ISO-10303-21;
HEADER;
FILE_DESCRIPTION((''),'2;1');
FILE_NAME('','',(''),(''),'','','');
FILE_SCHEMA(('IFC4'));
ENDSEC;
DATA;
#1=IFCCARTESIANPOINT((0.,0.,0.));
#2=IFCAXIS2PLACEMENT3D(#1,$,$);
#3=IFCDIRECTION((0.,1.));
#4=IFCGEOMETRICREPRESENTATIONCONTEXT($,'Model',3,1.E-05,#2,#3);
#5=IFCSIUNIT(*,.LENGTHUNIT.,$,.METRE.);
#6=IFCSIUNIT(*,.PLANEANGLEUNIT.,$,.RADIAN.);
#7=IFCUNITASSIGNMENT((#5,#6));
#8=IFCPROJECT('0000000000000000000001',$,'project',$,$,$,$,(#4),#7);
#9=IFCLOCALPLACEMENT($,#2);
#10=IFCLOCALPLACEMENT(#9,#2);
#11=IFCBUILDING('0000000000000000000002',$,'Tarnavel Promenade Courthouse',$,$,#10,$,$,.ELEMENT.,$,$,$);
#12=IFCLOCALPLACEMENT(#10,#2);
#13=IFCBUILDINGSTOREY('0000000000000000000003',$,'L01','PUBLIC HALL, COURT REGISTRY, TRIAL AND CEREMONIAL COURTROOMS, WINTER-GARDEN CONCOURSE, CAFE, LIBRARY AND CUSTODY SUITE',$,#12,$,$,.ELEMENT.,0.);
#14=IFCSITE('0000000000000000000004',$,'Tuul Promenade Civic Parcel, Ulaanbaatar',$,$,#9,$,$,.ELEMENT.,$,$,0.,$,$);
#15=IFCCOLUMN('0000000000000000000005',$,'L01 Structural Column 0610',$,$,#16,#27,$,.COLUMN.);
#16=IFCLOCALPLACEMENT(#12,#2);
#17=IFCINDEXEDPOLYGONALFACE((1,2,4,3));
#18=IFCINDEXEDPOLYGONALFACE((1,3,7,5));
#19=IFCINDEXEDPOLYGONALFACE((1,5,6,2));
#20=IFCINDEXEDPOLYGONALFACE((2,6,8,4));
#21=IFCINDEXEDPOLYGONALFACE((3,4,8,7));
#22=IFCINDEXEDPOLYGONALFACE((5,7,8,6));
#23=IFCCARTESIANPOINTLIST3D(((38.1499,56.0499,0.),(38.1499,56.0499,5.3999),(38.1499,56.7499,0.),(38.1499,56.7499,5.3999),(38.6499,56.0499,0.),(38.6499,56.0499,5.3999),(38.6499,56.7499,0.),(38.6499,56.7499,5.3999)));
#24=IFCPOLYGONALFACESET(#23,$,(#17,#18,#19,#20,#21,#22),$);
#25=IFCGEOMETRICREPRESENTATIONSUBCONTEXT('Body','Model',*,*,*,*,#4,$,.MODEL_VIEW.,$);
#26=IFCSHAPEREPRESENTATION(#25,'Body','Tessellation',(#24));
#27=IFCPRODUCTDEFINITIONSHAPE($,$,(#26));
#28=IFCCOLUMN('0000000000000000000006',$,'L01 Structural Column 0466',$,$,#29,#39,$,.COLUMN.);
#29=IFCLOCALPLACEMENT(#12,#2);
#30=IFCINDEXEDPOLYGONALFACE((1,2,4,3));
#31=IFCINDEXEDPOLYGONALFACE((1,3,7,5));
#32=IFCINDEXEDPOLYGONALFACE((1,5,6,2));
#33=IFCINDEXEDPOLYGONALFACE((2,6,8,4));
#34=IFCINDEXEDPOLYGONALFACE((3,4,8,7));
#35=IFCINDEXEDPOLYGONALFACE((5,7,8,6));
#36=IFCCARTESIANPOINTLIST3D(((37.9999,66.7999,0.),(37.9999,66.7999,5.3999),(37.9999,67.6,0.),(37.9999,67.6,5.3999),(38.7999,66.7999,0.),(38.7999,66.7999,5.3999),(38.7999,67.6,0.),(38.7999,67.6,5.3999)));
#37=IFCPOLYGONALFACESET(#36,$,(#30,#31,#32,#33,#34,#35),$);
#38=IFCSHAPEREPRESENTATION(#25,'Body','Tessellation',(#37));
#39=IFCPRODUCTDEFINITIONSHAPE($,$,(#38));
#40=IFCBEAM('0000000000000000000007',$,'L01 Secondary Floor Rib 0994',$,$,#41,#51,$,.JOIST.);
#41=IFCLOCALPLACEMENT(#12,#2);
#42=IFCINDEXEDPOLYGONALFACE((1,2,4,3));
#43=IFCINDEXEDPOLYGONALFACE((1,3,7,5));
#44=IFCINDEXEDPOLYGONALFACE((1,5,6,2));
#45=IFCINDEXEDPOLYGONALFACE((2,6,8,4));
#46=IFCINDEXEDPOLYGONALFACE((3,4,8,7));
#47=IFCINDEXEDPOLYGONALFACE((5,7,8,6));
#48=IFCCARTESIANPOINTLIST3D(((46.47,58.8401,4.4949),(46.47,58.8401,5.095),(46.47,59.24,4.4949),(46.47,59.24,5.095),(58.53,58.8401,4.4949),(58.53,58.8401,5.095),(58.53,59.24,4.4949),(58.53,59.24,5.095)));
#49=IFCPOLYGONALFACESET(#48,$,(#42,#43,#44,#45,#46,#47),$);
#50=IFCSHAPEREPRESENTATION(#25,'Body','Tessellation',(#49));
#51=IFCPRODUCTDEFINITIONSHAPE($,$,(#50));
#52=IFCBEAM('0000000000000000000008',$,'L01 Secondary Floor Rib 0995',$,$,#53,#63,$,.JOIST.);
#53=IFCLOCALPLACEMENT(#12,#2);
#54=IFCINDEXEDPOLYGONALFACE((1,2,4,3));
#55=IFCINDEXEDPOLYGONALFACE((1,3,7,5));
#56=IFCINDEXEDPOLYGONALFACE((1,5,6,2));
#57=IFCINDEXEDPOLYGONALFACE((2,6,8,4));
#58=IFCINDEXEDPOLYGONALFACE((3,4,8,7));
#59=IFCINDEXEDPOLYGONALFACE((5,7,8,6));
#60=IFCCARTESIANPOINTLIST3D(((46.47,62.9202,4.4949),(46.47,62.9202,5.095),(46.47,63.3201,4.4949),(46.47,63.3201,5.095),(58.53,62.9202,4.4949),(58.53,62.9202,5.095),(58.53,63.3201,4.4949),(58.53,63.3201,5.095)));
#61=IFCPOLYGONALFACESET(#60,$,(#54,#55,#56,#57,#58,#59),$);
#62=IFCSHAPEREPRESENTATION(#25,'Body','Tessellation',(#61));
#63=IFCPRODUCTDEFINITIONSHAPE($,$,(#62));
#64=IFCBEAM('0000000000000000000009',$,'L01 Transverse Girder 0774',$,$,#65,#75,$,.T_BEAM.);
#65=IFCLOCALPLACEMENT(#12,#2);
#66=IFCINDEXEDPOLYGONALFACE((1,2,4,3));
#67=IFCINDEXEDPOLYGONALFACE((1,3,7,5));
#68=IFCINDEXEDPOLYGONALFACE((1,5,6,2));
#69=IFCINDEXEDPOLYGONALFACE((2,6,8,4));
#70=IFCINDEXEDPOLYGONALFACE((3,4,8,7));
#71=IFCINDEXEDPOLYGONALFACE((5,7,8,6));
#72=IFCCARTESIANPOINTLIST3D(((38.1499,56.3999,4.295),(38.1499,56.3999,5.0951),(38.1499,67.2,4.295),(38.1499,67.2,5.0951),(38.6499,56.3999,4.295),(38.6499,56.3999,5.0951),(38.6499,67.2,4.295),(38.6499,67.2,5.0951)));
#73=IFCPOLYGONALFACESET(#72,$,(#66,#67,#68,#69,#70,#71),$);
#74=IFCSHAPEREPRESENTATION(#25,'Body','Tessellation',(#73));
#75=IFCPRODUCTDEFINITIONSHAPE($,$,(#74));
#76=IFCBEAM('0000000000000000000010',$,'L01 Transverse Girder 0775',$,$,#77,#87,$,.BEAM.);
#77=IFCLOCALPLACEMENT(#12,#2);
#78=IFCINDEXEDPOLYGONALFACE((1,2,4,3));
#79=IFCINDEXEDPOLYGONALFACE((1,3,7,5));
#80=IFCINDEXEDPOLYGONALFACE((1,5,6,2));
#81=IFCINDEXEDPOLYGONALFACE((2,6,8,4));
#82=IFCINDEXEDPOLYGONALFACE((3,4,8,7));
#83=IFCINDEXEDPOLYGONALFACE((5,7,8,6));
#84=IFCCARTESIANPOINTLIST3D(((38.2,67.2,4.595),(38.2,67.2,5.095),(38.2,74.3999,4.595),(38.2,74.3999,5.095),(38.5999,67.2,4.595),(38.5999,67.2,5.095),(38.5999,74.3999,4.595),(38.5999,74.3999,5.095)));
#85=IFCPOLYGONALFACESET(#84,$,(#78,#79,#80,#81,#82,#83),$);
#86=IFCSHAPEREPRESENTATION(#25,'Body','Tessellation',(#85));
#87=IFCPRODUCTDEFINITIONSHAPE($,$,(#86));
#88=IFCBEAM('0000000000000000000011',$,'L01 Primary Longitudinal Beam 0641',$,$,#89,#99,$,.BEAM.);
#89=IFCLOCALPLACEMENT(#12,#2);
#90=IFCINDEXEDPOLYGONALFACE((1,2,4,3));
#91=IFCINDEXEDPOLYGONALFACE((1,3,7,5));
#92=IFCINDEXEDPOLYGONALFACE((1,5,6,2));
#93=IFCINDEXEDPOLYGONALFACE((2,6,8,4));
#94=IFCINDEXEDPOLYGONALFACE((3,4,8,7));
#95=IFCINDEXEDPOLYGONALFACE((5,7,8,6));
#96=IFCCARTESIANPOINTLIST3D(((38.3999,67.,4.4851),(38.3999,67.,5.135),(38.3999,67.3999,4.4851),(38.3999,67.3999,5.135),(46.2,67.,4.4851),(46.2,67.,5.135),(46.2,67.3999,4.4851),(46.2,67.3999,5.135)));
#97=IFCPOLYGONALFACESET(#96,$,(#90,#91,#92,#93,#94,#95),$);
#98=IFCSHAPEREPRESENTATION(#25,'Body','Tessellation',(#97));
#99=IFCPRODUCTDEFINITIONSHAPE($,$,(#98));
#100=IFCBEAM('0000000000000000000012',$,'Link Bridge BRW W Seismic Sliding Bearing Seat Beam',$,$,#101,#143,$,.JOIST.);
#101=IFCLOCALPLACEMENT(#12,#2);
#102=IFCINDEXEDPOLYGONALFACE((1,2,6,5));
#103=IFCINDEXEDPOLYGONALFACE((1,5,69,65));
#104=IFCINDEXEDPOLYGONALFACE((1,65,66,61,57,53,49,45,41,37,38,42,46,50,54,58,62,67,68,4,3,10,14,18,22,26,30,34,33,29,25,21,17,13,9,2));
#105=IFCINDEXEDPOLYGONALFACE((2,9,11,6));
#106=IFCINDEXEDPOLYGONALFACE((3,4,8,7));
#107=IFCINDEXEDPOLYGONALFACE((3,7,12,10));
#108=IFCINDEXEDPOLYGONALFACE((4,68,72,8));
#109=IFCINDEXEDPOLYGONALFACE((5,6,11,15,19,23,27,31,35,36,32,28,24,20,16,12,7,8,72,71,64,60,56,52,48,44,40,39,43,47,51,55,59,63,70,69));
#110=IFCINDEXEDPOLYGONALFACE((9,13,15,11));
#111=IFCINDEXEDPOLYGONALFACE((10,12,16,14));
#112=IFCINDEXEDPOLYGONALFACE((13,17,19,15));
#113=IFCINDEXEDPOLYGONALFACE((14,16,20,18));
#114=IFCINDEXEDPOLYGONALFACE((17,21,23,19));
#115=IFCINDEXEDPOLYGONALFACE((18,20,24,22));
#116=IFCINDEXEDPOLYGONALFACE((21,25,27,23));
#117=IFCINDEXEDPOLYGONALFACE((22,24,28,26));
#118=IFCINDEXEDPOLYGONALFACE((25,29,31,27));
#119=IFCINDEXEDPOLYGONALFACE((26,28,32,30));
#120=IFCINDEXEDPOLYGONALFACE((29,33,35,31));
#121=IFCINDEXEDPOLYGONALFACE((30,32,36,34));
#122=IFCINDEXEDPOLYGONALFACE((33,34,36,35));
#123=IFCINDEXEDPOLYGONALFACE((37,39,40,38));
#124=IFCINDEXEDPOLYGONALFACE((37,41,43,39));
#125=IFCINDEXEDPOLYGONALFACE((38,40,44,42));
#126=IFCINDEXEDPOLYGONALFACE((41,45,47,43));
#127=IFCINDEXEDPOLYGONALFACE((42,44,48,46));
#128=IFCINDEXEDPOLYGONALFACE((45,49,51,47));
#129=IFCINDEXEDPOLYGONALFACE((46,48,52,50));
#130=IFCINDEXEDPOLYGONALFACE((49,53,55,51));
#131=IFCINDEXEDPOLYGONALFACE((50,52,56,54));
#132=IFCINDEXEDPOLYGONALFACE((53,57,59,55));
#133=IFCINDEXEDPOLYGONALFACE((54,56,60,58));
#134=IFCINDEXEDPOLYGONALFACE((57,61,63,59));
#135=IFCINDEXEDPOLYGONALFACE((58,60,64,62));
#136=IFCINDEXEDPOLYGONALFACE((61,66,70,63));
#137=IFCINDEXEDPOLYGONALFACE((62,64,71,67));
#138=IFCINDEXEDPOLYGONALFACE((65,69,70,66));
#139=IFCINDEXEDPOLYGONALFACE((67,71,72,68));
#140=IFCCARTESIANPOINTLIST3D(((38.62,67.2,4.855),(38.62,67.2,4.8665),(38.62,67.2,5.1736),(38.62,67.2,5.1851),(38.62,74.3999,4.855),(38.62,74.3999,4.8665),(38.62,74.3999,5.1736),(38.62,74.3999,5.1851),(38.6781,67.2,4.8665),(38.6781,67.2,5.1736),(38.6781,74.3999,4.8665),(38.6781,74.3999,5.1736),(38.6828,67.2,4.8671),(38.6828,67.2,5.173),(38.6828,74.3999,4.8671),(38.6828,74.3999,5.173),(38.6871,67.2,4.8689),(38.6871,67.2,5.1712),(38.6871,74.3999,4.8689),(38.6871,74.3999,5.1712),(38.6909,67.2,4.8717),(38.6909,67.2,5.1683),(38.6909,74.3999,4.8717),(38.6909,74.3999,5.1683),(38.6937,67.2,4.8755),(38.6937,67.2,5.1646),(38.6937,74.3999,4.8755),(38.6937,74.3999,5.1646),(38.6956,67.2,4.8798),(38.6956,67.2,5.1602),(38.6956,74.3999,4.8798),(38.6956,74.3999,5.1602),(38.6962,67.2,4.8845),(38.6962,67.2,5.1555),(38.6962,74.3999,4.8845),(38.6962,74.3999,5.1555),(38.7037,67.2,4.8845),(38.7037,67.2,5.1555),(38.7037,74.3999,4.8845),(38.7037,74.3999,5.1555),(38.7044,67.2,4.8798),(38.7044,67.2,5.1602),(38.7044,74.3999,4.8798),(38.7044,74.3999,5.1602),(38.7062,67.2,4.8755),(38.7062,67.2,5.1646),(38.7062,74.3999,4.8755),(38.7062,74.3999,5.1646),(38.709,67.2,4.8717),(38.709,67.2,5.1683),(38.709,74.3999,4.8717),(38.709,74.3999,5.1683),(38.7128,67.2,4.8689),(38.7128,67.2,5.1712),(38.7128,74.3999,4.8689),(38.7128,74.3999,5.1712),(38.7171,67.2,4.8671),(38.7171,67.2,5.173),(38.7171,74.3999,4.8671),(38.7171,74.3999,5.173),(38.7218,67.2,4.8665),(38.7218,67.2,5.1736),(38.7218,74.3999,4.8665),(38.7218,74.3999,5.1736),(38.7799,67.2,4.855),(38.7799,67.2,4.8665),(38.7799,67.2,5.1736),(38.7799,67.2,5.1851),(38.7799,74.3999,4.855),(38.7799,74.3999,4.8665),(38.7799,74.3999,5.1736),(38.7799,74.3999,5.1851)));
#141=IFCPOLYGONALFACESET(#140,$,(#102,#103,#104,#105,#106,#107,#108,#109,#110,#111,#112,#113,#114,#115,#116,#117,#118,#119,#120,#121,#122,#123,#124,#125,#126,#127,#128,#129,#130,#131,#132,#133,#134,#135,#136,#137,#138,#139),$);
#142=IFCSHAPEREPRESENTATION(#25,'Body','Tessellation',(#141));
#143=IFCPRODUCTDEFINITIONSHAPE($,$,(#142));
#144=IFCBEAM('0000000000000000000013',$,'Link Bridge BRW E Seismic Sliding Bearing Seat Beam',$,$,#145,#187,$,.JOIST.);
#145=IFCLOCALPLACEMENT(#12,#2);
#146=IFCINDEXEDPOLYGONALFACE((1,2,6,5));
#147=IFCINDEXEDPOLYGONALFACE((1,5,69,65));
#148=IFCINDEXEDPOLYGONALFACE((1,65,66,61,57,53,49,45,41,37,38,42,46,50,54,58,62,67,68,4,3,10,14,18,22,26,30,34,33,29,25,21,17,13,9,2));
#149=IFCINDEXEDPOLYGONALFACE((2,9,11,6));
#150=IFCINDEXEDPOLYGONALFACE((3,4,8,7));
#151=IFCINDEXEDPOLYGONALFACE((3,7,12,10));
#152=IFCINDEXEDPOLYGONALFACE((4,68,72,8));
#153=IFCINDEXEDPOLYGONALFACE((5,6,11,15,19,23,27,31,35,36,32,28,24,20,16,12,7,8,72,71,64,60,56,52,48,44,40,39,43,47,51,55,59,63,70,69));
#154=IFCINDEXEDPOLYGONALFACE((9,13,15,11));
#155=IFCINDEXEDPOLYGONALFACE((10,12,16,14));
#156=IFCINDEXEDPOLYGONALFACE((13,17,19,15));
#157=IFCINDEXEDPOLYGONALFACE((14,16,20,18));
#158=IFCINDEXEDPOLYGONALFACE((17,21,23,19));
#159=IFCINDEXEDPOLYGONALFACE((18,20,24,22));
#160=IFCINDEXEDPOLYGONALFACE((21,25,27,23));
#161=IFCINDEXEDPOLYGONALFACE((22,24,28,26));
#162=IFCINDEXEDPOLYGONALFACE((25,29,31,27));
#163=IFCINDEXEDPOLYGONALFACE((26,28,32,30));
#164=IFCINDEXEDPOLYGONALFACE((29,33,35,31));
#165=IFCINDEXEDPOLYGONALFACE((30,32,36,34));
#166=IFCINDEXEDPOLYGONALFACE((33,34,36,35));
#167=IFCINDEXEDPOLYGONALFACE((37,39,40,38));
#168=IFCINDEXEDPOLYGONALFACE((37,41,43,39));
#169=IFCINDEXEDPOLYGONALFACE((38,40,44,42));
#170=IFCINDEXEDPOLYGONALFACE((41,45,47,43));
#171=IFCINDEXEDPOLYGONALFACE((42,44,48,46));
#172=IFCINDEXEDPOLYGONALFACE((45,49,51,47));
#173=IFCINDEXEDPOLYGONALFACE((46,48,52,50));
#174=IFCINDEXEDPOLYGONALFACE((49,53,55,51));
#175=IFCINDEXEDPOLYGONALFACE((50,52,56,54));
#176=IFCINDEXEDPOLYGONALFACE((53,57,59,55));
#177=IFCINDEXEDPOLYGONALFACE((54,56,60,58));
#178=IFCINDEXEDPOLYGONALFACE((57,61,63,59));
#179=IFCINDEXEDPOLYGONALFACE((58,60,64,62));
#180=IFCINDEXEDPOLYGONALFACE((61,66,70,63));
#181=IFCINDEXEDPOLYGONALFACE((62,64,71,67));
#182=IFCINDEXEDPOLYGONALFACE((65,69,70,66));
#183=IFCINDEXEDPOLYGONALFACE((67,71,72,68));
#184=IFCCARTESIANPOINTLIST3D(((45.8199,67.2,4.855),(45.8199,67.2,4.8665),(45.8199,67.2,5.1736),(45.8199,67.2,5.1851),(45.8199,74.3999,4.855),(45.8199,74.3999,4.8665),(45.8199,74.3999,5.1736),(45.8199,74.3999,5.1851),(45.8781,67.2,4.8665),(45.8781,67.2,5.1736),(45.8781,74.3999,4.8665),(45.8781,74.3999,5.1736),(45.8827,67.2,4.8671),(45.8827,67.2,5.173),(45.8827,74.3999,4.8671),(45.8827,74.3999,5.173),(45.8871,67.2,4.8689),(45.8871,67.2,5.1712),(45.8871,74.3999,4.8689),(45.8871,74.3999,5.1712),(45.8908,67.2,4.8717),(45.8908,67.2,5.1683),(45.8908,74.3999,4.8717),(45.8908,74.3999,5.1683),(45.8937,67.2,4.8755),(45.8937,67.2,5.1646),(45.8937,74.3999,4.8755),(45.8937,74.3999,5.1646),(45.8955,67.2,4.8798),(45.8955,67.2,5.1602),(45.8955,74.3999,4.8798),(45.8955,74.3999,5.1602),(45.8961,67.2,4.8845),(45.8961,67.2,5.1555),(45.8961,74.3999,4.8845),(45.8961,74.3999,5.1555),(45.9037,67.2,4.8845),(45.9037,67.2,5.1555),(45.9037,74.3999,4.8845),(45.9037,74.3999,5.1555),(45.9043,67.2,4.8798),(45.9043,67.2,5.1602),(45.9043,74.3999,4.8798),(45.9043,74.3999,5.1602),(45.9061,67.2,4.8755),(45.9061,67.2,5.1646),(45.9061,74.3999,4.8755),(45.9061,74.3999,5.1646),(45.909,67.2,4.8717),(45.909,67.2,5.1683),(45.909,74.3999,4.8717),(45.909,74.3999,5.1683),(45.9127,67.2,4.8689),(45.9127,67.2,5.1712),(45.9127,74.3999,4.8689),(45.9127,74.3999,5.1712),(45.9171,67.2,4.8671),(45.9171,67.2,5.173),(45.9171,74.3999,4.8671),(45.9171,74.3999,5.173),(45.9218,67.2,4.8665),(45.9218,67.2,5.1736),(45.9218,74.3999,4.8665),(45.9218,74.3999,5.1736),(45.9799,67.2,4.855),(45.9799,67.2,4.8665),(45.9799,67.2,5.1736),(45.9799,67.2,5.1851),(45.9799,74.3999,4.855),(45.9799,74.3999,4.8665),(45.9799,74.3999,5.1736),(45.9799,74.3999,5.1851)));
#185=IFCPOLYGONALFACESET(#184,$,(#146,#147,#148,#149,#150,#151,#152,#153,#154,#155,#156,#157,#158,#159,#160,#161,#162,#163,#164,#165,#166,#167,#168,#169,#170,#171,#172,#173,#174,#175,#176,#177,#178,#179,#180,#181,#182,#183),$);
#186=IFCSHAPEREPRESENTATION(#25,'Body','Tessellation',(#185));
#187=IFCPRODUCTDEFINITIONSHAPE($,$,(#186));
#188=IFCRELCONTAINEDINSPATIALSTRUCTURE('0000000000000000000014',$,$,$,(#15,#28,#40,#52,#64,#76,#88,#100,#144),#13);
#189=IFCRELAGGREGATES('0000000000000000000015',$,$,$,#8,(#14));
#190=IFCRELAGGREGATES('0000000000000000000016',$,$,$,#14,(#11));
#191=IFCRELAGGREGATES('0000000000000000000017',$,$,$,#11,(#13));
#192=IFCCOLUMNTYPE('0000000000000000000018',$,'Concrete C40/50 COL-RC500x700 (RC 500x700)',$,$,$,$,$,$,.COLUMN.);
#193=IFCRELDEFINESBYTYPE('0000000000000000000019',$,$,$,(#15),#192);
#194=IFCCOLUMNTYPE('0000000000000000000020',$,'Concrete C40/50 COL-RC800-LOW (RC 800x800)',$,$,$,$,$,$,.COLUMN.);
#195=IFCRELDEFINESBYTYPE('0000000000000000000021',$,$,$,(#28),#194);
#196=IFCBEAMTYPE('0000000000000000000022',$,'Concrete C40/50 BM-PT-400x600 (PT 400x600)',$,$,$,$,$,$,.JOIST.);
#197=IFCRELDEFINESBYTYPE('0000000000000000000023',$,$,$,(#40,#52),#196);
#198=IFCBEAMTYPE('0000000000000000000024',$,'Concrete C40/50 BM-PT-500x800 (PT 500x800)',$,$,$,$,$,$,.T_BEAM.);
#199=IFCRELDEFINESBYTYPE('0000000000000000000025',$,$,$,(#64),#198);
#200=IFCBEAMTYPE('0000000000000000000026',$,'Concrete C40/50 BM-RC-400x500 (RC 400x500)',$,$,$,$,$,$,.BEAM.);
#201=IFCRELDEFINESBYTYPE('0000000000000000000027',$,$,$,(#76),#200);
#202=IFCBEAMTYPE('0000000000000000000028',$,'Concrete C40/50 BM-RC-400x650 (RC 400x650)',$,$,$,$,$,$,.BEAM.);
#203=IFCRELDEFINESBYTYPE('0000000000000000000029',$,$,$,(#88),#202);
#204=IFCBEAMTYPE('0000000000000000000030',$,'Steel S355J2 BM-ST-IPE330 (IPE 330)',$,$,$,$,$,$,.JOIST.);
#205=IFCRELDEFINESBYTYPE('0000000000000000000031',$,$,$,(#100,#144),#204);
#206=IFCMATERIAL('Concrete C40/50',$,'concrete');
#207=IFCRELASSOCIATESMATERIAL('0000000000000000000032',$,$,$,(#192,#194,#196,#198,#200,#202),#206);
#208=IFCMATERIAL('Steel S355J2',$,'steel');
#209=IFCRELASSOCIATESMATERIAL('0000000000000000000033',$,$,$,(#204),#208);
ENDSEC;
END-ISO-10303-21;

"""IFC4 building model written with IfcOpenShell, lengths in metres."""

from ifc_helpers import new_model, si_unit, direction, frame, origin, origin_2d, place, context, subcontext, project, spatial, rectangle, i_section, extrude, material, material_profile, profile_set, type_object, element, save


model = new_model("IFC4")

# Units and contexts
model_context = context("Model", 3, precision=1e-05, world=origin(), true_north=direction((0.0, 1.0)))
body_context = subcontext(model_context, "Body", "Model", "MODEL_VIEW")
ifc_project = project(units=[si_unit("LENGTHUNIT", "METRE"), si_unit("PLANEANGLEUNIT", "RADIAN")], contexts=[model_context])

# Site, building, storey
site_placement = place(None, origin())
site = spatial("IfcSite", under=ifc_project, at=site_placement, Name="Tuul Promenade Civic Parcel, Ulaanbaatar", CompositionType="ELEMENT", RefElevation=0.0)
building_placement = place(site_placement, origin())
building = spatial("IfcBuilding", under=site, at=building_placement, Name="Tarnavel Promenade Courthouse", CompositionType="ELEMENT")
storey_placement = place(building_placement, origin())
storey = spatial("IfcBuildingStorey", under=building, at=storey_placement, Name="L01", Description="PUBLIC HALL, COURT REGISTRY, TRIAL AND CEREMONIAL COURTROOMS, WINTER-GARDEN CONCOURSE, CAFE, LIBRARY AND CUSTODY SUITE", CompositionType="ELEMENT", Elevation=0.0)

# Columns
ifc_material_1 = material(Name="Concrete C40/50", Category="concrete")
ifc_material_profile_1 = material_profile(ifc_material_1, rectangle(XDim=0.5, YDim=0.7, at=origin_2d()), Name="RC 500x700")
ifc_profile_set_1 = profile_set([ifc_material_profile_1], Name="Concrete C40/50")
column_type_1 = type_object("IfcColumnType", Name="Concrete C40/50 COL-RC500x700 (RC 500x700)", PredefinedType="COLUMN", material=ifc_profile_set_1)
column_1_placement = place(storey_placement, frame((38.3999, 56.3999, 0.0), z_axis=(0.0, 0.0, 1.0), x_axis=(1.0, 0.0, 0.0)))
element("IfcColumn", 1, at=column_1_placement, inside=storey, type_object=column_type_1, Name="L01 Structural Column 0610", PredefinedType="COLUMN", context=body_context, shape_type="SweptSolid", body=[
    extrude(rectangle(XDim=0.5, YDim=0.7, at=origin_2d()), origin(), (0.0, 0.0, 1.0), 5.3999),
])
ifc_material_profile_2 = material_profile(ifc_material_1, rectangle(XDim=0.8, YDim=0.8, at=origin_2d()), Name="RC 800x800")
ifc_profile_set_2 = profile_set([ifc_material_profile_2], Name="Concrete C40/50")
column_type_2 = type_object("IfcColumnType", Name="Concrete C40/50 COL-RC800-LOW (RC 800x800)", PredefinedType="COLUMN", material=ifc_profile_set_2)
column_2_placement = place(storey_placement, frame((38.3999, 67.2, 0.0), z_axis=(0.0, 0.0, 1.0), x_axis=(1.0, 0.0, 0.0)))
element("IfcColumn", 2, at=column_2_placement, inside=storey, type_object=column_type_2, Name="L01 Structural Column 0466", PredefinedType="COLUMN", context=body_context, shape_type="SweptSolid", body=[
    extrude(rectangle(XDim=0.8, YDim=0.8, at=origin_2d()), origin(), (0.0, 0.0, 1.0), 5.3999),
])

# Beams
ifc_material_profile_3 = material_profile(ifc_material_1, rectangle(XDim=0.3999, YDim=0.6001, at=origin_2d()), Name="PT 400x600")
ifc_profile_set_3 = profile_set([ifc_material_profile_3], Name="Concrete C40/50")
beam_type_1 = type_object("IfcBeamType", Name="Concrete C40/50 BM-PT-400x600 (PT 400x600)", PredefinedType="JOIST", material=ifc_profile_set_3)
for number, where, z_axis, x_axis, name in (
    (3, (46.47, 59.04, 4.7949), (1.0, 0.0, 0.0), (0.0, 1.0, 0.0), "L01 Secondary Floor Rib 0994"),
    (4, (46.47, 63.1201, 4.7949), (1.0, 0.0, 0.0), (0.0, 1.0, 0.0), "L01 Secondary Floor Rib 0995"),
):
    element("IfcBeam", number, at=place(storey_placement, frame(where, z_axis=z_axis, x_axis=x_axis)), inside=storey, type_object=beam_type_1, Name=name, PredefinedType="JOIST", context=body_context, shape_type="SweptSolid", body=[
        extrude(rectangle(XDim=0.3999, YDim=0.6001, at=origin_2d()), origin(), (0.0, 0.0, 1.0), 12.0601),
    ])
ifc_material_profile_4 = material_profile(ifc_material_1, rectangle(XDim=0.5, YDim=0.8, at=origin_2d()), Name="PT 500x800")
ifc_profile_set_4 = profile_set([ifc_material_profile_4], Name="Concrete C40/50")
beam_type_2 = type_object("IfcBeamType", Name="Concrete C40/50 BM-PT-500x800 (PT 500x800)", PredefinedType="T_BEAM", material=ifc_profile_set_4)
beam_1_placement = place(storey_placement, frame((38.3999, 56.3999, 4.6951), z_axis=(0.0, 1.0, 0.0), x_axis=(-1.0, 0.0, 0.0)))
element("IfcBeam", 5, at=beam_1_placement, inside=storey, type_object=beam_type_2, Name="L01 Transverse Girder 0774", PredefinedType="T_BEAM", context=body_context, shape_type="SweptSolid", body=[
    extrude(rectangle(XDim=0.5, YDim=0.8, at=origin_2d()), origin(), (0.0, 0.0, 1.0), 10.8),
])
ifc_material_profile_5 = material_profile(ifc_material_1, rectangle(XDim=0.3999, YDim=0.5, at=origin_2d()), Name="RC 400x500")
ifc_profile_set_5 = profile_set([ifc_material_profile_5], Name="Concrete C40/50")
beam_type_3 = type_object("IfcBeamType", Name="Concrete C40/50 BM-RC-400x500 (RC 400x500)", PredefinedType="BEAM", material=ifc_profile_set_5)
beam_2_placement = place(storey_placement, frame((38.3999, 67.2, 4.845), z_axis=(0.0, 1.0, 0.0), x_axis=(-1.0, 0.0, 0.0)))
element("IfcBeam", 6, at=beam_2_placement, inside=storey, type_object=beam_type_3, Name="L01 Transverse Girder 0775", PredefinedType="BEAM", context=body_context, shape_type="SweptSolid", body=[
    extrude(rectangle(XDim=0.3999, YDim=0.5, at=origin_2d()), origin(), (0.0, 0.0, 1.0), 7.2),
])
ifc_material_profile_6 = material_profile(ifc_material_1, rectangle(XDim=0.3999, YDim=0.6499, at=origin_2d()), Name="RC 400x650")
ifc_profile_set_6 = profile_set([ifc_material_profile_6], Name="Concrete C40/50")
beam_type_4 = type_object("IfcBeamType", Name="Concrete C40/50 BM-RC-400x650 (RC 400x650)", PredefinedType="BEAM", material=ifc_profile_set_6)
beam_3_placement = place(storey_placement, frame((38.3999, 67.2, 4.8101), z_axis=(1.0, 0.0, 0.0), x_axis=(0.0, 1.0, 0.0)))
element("IfcBeam", 7, at=beam_3_placement, inside=storey, type_object=beam_type_4, Name="L01 Primary Longitudinal Beam 0641", PredefinedType="BEAM", context=body_context, shape_type="SweptSolid", body=[
    extrude(rectangle(XDim=0.3999, YDim=0.6499, at=origin_2d()), origin(), (0.0, 0.0, 1.0), 7.8),
])
ifc_material_2 = material(Name="Steel S355J2", Category="steel")
ifc_material_profile_7 = material_profile(ifc_material_2, i_section(OverallWidth=0.1599, OverallDepth=0.3301, WebThickness=0.0076, FlangeThickness=0.0115, FilletRadius=0.0181, at=origin_2d()), Name="IPE 330")
ifc_profile_set_7 = profile_set([ifc_material_profile_7], Name="Steel S355J2")
beam_type_5 = type_object("IfcBeamType", Name="Steel S355J2 BM-ST-IPE330 (IPE 330)", PredefinedType="JOIST", material=ifc_profile_set_7)
for number, where, z_axis, x_axis, name in (
    (8, (38.7, 67.2, 5.02), (0.0, 1.0, 0.0), (-1.0, 0.0, 0.0), "Link Bridge BRW W Seismic Sliding Bearing Seat Beam"),
    (9, (45.8999, 67.2, 5.02), (0.0, 1.0, 0.0), (-1.0, 0.0, 0.0), "Link Bridge BRW E Seismic Sliding Bearing Seat Beam"),
):
    element("IfcBeam", number, at=place(storey_placement, frame(where, z_axis=z_axis, x_axis=x_axis)), inside=storey, type_object=beam_type_5, Name=name, PredefinedType="JOIST", context=body_context, shape_type="SweptSolid", body=[
        extrude(i_section(OverallWidth=0.1599, OverallDepth=0.3301, WebThickness=0.0076, FlangeThickness=0.0115, FilletRadius=0.0181, at=origin_2d()), origin(), (0.0, 0.0, 1.0), 7.2),
    ])

save(model, "model.ifc")
